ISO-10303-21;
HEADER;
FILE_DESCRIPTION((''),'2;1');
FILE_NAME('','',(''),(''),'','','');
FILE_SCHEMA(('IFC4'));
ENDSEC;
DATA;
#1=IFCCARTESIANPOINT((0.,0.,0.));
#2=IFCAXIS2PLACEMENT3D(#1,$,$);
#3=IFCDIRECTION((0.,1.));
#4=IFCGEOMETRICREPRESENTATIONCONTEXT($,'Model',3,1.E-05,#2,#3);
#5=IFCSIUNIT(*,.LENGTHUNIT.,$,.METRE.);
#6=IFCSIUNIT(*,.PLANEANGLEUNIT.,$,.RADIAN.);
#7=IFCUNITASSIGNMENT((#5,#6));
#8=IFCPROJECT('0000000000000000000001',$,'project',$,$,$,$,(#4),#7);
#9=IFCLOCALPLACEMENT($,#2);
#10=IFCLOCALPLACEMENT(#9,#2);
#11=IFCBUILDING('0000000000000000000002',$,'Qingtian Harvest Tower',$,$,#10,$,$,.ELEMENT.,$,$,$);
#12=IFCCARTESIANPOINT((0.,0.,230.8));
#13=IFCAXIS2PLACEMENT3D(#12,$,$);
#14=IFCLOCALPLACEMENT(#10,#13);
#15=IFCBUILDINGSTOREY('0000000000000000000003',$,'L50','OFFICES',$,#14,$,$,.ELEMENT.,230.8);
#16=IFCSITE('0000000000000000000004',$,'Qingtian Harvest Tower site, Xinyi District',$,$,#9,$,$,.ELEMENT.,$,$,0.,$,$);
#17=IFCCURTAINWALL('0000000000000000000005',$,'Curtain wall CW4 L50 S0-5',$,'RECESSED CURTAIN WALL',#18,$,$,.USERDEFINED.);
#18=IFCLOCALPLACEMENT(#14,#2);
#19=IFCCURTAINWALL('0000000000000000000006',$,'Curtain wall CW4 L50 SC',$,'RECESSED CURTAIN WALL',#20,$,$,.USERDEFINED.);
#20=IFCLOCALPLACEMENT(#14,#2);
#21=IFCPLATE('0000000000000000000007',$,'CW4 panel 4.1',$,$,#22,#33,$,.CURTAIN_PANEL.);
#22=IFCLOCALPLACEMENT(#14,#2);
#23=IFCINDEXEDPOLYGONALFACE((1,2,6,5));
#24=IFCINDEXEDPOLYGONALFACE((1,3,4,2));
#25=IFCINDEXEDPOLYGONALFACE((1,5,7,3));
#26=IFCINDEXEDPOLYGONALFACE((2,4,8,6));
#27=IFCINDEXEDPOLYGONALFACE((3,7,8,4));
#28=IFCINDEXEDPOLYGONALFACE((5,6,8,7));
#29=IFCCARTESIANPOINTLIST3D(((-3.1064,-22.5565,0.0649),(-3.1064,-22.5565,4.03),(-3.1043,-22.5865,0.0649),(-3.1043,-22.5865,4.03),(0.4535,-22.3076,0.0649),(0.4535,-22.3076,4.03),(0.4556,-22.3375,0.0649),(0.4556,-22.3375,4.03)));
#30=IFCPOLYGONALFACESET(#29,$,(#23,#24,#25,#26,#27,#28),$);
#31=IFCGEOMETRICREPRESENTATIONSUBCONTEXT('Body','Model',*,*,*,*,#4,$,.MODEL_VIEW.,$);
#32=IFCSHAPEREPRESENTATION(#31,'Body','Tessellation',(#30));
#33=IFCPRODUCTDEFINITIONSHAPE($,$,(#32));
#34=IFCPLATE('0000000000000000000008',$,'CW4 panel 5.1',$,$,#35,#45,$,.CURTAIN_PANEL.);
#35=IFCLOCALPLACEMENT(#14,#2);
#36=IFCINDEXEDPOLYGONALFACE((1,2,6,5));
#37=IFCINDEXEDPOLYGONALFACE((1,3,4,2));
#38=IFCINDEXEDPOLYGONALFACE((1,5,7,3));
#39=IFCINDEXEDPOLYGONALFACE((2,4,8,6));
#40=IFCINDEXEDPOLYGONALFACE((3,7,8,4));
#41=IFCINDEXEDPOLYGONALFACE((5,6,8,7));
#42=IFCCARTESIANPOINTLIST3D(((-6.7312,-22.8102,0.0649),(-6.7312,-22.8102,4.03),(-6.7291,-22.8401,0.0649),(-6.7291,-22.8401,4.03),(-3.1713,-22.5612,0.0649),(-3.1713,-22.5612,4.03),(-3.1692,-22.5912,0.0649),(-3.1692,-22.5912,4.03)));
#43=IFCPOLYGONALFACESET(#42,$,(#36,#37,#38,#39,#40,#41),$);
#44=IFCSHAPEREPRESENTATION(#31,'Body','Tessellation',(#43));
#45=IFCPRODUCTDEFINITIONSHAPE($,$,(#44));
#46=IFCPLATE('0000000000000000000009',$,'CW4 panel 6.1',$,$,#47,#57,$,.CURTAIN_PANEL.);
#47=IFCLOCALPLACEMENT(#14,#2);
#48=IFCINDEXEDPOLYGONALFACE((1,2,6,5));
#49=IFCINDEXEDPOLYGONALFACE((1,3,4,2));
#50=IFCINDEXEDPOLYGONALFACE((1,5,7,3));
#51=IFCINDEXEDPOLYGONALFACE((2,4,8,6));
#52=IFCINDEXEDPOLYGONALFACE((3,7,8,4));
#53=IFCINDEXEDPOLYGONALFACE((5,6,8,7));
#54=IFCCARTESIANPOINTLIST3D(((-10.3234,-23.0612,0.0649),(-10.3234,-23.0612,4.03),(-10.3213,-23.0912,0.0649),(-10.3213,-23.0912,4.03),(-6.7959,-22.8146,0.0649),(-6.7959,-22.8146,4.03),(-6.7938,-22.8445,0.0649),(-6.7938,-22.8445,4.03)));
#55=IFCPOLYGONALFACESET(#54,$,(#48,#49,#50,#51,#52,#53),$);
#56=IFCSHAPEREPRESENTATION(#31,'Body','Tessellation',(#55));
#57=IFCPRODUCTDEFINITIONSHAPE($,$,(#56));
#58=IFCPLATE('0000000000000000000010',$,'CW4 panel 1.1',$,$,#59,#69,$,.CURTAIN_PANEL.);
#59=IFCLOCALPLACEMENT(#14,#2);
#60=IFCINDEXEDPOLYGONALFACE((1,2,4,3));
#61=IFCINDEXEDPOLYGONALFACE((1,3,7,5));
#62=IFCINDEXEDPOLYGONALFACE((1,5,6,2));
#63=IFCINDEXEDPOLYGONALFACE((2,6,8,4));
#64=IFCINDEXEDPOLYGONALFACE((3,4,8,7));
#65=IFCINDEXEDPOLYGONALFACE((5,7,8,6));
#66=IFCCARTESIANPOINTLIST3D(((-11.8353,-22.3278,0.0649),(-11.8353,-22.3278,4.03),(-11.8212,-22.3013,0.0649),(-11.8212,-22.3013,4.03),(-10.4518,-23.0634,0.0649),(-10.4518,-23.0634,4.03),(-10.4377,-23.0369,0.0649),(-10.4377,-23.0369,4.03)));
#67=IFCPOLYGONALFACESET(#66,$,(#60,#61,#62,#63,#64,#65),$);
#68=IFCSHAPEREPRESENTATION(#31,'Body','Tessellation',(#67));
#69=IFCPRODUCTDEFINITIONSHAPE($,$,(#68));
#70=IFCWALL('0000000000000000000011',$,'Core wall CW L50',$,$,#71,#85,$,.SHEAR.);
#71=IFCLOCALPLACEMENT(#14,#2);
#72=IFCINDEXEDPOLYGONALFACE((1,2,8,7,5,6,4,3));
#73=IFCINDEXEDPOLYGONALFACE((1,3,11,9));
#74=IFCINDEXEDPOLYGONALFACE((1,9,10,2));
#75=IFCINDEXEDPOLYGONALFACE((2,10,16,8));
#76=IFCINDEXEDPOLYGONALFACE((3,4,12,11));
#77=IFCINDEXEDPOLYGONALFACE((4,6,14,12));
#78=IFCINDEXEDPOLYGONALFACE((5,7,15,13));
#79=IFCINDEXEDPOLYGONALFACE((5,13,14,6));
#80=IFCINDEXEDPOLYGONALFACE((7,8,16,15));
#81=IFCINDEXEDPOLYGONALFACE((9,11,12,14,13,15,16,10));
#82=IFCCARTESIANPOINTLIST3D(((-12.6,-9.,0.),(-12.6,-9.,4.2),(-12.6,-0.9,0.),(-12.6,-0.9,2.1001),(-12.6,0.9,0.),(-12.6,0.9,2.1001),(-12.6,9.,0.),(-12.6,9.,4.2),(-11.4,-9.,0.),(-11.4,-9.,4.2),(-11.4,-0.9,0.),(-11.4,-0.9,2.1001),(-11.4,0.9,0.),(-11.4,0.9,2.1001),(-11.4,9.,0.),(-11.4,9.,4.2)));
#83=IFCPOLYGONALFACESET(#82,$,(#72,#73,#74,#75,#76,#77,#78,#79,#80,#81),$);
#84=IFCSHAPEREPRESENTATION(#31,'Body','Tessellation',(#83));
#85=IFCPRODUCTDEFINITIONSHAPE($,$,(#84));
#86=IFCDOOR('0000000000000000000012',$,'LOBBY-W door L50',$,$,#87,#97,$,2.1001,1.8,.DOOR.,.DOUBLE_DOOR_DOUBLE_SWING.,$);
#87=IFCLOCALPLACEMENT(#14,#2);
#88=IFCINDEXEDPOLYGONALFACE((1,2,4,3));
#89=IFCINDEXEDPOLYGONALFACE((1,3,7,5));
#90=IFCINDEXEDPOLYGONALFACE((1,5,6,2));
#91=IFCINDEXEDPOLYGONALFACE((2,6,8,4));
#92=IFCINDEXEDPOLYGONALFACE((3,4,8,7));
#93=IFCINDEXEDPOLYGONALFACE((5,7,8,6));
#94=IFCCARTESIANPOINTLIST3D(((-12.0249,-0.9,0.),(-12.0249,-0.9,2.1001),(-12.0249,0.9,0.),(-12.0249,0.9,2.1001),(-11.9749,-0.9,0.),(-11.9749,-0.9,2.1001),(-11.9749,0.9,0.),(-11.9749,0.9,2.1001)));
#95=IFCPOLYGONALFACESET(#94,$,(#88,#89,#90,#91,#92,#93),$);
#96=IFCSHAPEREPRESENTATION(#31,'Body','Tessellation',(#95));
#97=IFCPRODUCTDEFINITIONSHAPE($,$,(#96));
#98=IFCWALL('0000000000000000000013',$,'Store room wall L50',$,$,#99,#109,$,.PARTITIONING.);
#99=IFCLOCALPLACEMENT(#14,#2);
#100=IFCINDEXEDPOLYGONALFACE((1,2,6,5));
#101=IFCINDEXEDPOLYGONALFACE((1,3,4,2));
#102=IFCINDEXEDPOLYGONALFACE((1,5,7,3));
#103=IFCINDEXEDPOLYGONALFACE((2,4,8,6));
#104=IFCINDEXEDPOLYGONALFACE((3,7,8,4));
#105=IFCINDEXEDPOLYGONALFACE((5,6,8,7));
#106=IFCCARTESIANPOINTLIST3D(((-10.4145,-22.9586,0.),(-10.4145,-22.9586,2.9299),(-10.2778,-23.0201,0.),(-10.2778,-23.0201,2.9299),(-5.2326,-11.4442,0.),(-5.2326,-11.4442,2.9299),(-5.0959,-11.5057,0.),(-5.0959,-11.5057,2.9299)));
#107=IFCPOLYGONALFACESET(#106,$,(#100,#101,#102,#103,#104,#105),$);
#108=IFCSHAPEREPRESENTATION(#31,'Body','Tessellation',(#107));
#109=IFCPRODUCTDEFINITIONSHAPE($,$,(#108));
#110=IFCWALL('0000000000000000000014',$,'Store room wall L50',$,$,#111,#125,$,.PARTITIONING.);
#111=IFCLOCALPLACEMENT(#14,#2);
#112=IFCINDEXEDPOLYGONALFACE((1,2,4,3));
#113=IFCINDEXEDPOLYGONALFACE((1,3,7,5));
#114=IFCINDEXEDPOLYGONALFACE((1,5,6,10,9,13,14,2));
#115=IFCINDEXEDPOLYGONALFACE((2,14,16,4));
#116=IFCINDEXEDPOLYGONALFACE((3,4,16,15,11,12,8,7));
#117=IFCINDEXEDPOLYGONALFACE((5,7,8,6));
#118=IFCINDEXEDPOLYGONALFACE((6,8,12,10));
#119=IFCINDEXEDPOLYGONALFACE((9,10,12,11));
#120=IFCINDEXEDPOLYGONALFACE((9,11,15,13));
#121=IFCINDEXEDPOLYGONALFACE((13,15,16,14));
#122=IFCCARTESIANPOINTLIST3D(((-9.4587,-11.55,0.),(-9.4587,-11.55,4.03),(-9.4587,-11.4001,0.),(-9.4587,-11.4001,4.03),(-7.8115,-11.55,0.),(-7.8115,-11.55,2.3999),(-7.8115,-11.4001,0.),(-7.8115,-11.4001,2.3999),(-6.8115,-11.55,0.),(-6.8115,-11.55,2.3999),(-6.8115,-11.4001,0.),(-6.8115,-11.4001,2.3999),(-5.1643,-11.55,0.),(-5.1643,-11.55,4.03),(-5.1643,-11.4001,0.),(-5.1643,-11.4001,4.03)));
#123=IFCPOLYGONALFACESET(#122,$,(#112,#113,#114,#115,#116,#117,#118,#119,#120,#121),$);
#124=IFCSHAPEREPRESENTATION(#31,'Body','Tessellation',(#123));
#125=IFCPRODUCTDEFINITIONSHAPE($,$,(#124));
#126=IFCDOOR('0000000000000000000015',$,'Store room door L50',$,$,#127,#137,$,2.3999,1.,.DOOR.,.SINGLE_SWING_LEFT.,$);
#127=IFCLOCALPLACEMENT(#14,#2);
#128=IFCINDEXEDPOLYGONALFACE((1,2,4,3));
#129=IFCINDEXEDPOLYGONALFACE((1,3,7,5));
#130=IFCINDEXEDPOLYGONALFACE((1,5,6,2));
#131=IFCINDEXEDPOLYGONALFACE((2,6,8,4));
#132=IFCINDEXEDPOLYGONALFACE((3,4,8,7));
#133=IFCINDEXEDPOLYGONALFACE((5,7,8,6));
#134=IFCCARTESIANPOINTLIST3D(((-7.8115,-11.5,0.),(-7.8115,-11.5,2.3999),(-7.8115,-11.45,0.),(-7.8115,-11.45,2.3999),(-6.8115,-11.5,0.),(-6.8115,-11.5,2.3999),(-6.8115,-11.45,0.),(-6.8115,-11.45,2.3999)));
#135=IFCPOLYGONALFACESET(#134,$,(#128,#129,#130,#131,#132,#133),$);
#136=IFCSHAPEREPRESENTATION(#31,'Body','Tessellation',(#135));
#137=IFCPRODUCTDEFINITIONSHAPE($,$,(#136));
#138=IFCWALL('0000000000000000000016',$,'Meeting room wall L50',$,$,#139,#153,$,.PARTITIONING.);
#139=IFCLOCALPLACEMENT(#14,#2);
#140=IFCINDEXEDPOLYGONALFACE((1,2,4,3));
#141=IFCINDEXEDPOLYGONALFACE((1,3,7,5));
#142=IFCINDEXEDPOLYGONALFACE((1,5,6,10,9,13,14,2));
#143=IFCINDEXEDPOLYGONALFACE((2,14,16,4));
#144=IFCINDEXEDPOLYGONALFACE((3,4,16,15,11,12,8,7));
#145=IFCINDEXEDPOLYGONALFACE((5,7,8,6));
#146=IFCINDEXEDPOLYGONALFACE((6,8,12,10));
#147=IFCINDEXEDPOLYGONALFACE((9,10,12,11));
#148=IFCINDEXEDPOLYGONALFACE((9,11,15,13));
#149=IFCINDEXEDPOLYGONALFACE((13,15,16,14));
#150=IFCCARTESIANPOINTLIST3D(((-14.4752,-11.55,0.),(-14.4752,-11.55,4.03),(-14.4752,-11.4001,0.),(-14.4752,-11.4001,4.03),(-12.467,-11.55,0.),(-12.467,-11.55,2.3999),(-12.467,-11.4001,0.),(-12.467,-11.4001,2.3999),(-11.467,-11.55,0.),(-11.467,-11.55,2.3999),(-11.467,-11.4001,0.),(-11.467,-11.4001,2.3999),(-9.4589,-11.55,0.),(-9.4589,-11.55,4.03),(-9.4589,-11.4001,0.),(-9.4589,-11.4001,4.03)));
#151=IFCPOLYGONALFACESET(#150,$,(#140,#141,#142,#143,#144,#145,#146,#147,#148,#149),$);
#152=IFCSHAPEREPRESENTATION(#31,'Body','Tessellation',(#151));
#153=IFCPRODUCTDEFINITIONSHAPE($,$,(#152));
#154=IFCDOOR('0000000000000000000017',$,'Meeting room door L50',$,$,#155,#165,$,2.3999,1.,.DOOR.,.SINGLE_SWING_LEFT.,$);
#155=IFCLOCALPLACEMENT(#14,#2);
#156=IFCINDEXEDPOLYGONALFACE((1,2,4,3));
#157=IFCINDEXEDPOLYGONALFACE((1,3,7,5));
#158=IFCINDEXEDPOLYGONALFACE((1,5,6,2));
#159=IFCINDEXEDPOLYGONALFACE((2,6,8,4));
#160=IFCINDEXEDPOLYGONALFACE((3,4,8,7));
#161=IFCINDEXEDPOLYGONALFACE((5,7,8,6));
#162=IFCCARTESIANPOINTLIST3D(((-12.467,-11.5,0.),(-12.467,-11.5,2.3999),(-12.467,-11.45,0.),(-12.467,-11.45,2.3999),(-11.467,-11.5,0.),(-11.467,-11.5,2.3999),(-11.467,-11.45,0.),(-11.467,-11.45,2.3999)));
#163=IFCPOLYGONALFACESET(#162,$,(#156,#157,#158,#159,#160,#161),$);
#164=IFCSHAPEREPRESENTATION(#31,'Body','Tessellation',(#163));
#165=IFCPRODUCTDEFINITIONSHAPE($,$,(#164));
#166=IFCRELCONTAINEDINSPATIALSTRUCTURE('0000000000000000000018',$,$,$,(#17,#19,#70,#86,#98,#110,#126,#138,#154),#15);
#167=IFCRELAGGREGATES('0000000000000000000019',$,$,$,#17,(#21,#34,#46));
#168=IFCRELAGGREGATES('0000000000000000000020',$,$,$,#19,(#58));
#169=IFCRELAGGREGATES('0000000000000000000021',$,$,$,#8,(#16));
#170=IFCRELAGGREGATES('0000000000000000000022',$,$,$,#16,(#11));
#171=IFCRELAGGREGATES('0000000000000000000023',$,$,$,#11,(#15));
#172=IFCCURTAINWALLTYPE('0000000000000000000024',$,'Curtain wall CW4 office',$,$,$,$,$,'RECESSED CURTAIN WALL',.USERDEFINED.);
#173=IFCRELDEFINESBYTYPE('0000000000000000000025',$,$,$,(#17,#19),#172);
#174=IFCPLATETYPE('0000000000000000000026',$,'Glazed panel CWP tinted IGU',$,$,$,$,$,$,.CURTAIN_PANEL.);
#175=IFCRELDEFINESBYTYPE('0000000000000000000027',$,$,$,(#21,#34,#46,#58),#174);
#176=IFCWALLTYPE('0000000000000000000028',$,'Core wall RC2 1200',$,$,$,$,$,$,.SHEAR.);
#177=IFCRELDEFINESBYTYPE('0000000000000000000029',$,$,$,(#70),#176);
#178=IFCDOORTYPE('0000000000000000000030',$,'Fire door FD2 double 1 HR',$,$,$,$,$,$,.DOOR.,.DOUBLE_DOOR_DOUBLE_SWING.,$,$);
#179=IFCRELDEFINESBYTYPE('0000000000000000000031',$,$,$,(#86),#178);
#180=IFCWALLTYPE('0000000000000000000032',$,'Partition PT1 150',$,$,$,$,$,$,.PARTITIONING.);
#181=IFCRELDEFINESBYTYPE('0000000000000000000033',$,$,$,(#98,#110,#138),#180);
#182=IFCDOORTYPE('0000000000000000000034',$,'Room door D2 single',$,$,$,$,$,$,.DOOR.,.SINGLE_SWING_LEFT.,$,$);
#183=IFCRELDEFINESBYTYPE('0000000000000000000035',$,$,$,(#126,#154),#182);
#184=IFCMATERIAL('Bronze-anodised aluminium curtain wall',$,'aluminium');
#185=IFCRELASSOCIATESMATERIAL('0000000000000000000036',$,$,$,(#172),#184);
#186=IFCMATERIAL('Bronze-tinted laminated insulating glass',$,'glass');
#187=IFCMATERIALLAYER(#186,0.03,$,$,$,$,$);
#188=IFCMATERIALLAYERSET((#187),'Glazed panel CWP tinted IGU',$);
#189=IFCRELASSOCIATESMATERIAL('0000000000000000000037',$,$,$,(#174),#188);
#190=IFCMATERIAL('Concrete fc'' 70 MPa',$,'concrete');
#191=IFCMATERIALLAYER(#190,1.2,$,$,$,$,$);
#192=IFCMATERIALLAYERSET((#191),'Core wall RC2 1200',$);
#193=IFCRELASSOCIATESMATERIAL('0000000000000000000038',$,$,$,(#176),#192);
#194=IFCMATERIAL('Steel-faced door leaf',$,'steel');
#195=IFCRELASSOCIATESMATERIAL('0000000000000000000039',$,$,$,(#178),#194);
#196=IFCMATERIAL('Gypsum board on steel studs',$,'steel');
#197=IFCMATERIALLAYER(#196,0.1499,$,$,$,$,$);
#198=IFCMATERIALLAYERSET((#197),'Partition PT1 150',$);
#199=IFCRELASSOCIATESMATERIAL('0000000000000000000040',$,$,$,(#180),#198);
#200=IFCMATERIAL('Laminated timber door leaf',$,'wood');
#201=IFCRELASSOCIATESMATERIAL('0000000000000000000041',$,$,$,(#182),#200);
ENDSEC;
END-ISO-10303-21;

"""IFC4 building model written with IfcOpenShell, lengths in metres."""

from ifc_helpers import new_model, si_unit, direction, frame, frame_2d, origin, origin_2d, place, context, subcontext, project, spatial, rectangle, extrude, material, layer, layer_set, type_object, element, fill, aggregate, save


model = new_model("IFC4")

# Units and contexts
model_context = context("Model", 3, precision=1e-05, world=origin(), true_north=direction((0.0, 1.0)))
body_context = subcontext(model_context, "Body", "Model", "MODEL_VIEW")
ifc_project = project(units=[si_unit("LENGTHUNIT", "METRE"), si_unit("PLANEANGLEUNIT", "RADIAN")], contexts=[model_context])

# Site, building, storey
site_placement = place(None, origin())
site = spatial("IfcSite", under=ifc_project, at=site_placement, Name="Qingtian Harvest Tower site, Xinyi District", CompositionType="ELEMENT", RefElevation=0.0)
building_placement = place(site_placement, origin())
building = spatial("IfcBuilding", under=site, at=building_placement, Name="Qingtian Harvest Tower", CompositionType="ELEMENT")
storey_placement = place(building_placement, frame((0.0, 0.0, 230.8)))
storey = spatial("IfcBuildingStorey", under=building, at=storey_placement, Name="L50", Description="OFFICES", CompositionType="ELEMENT", Elevation=230.8)

# Curtain walls
ifc_material_1 = material(Name="Bronze-anodised aluminium curtain wall", Category="aluminium")
curtain_wall_type = type_object("IfcCurtainWallType", Name="Curtain wall CW4 office", ElementType="RECESSED CURTAIN WALL", PredefinedType="USERDEFINED", material=ifc_material_1)
curtain_wall_1_placement = place(storey_placement, origin())
curtain_wall_1 = element("IfcCurtainWall", 1, at=curtain_wall_1_placement, inside=storey, type_object=curtain_wall_type, Name="Curtain wall CW4 L50 S0-5", ObjectType="RECESSED CURTAIN WALL", PredefinedType="USERDEFINED")
curtain_wall_2_placement = place(storey_placement, origin())
curtain_wall_2 = element("IfcCurtainWall", 2, at=curtain_wall_2_placement, inside=storey, type_object=curtain_wall_type, Name="Curtain wall CW4 L50 SC", ObjectType="RECESSED CURTAIN WALL", PredefinedType="USERDEFINED")

# Plates
ifc_material_2 = material(Name="Bronze-tinted laminated insulating glass", Category="glass")
ifc_layer_1 = layer(ifc_material_2, 0.03)
ifc_layer_set_1 = layer_set([ifc_layer_1], Name="Glazed panel CWP tinted IGU")
plate_type = type_object("IfcPlateType", Name="Glazed panel CWP tinted IGU", PredefinedType="CURTAIN_PANEL", material=ifc_layer_set_1)
plate_1_placement = place(storey_placement, frame((-1.3254, -22.447, 0.0649), z_axis=(0.0, 0.0, 1.0), x_axis=(-0.997564, -0.069756, 0.0)))
plate_1 = element("IfcPlate", 3, at=plate_1_placement, type_object=plate_type, Name="CW4 panel 4.1", PredefinedType="CURTAIN_PANEL", context=body_context, shape_type="SweptSolid", body=[
    extrude(rectangle(XDim=3.5686, YDim=0.03, at=origin_2d()), origin(), (0.0, 0.0, 1.0), 3.9651),
])
plate_2_placement = place(storey_placement, frame((-4.9502, -22.7007, 0.0649), z_axis=(0.0, 0.0, 1.0), x_axis=(-0.997564, -0.069756, 0.0)))
plate_2 = element("IfcPlate", 4, at=plate_2_placement, type_object=plate_type, Name="CW4 panel 5.1", PredefinedType="CURTAIN_PANEL", context=body_context, shape_type="SweptSolid", body=[
    extrude(rectangle(XDim=3.5686, YDim=0.03, at=origin_2d()), origin(), (0.0, 0.0, 1.0), 3.9651),
])
plate_3_placement = place(storey_placement, frame((-8.5586, -22.9529, 0.0649), z_axis=(0.0, 0.0, 1.0), x_axis=(-0.997564, -0.069756, 0.0)))
plate_3 = element("IfcPlate", 5, at=plate_3_placement, type_object=plate_type, Name="CW4 panel 6.1", PredefinedType="CURTAIN_PANEL", context=body_context, shape_type="SweptSolid", body=[
    extrude(rectangle(XDim=3.5361, YDim=0.03, at=origin_2d()), origin(), (0.0, 0.0, 1.0), 3.9651),
])
aggregate(curtain_wall_1, [plate_1, plate_2, plate_3])
plate_4_placement = place(storey_placement, frame((-11.1365, -22.6824, 0.0649), z_axis=(0.0, 0.0, 1.0), x_axis=(-0.882948, 0.469472, 0.0)))
plate_4 = element("IfcPlate", 6, at=plate_4_placement, type_object=plate_type, Name="CW4 panel 1.1", PredefinedType="CURTAIN_PANEL", context=body_context, shape_type="SweptSolid", body=[
    extrude(rectangle(XDim=1.5669, YDim=0.03, at=origin_2d()), origin(), (0.0, 0.0, 1.0), 3.9651),
])
aggregate(curtain_wall_2, [plate_4])

# Wall, opening, door
ifc_material_3 = material(Name="Concrete fc' 70 MPa", Category="concrete")
ifc_layer_2 = layer(ifc_material_3, 1.2)
ifc_layer_set_2 = layer_set([ifc_layer_2], Name="Core wall RC2 1200")
wall_type_1 = type_object("IfcWallType", Name="Core wall RC2 1200", PredefinedType="SHEAR", material=ifc_layer_set_2)
wall_1_placement = place(storey_placement, frame((-12.0, -9.0, 0.0), z_axis=(0.0, 0.0, 1.0), x_axis=(0.0, 1.0, 0.0)))
wall_1 = element("IfcWall", 7, at=wall_1_placement, inside=storey, type_object=wall_type_1, Name="Core wall CW L50", PredefinedType="SHEAR", context=body_context, shape_type="SweptSolid", body=[
    extrude(rectangle(XDim=18.0, YDim=1.2, at=frame_2d((9.0, 0.0))), origin(), (0.0, 0.0, 1.0), 4.2),
])
opening_1_placement = place(wall_1_placement, frame((8.1001, 0.0, 0.0)))
opening_1 = element("IfcOpeningElement", 8, at=opening_1_placement, cuts=wall_1, PredefinedType="OPENING", context=body_context, shape_type="SweptSolid", body=[
    extrude(rectangle(XDim=1.8, YDim=2.1001, at=frame_2d((0.8999, 1.05))), frame((0.0, 0.6099, 0.0), z_axis=(0.0, -1.0, 0.0), x_axis=(1.0, 0.0, 0.0)), (0.0, 0.0, 1.0), 1.22),
])
ifc_material_4 = material(Name="Steel-faced door leaf", Category="steel")
door_type_1 = type_object("IfcDoorType", Name="Fire door FD2 double 1 HR", OperationType="DOUBLE_DOOR_DOUBLE_SWING", PredefinedType="DOOR", material=ifc_material_4)
door_1_placement = place(opening_1_placement, origin())
door_1 = element("IfcDoor", 9, at=door_1_placement, inside=storey, type_object=door_type_1, Name="LOBBY-W door L50", OperationType="DOUBLE_DOOR_DOUBLE_SWING", OverallHeight=2.1001, OverallWidth=1.8, PredefinedType="DOOR", context=body_context, shape_type="SweptSolid", body=[
    extrude(rectangle(XDim=1.8, YDim=2.1001, at=frame_2d((0.8999, 1.05))), frame((0.0, 0.0249, 0.0), z_axis=(0.0, -1.0, 0.0), x_axis=(1.0, 0.0, 0.0)), (0.0, 0.0, 1.0), 0.05),
])
fill(opening_1, door_1)

# Wall
ifc_material_5 = material(Name="Gypsum board on steel studs", Category="steel")
ifc_layer_3 = layer(ifc_material_5, 0.1499)
ifc_layer_set_3 = layer_set([ifc_layer_3], Name="Partition PT1 150")
wall_type_2 = type_object("IfcWallType", Name="Partition PT1 150", PredefinedType="PARTITIONING", material=ifc_layer_set_3)
wall_2_placement = place(storey_placement, frame((-10.3462, -22.9895, 0.0), z_axis=(0.0, 0.0, 1.0), x_axis=(0.410391, 0.91191, 0.0)))
element("IfcWall", 10, at=wall_2_placement, inside=storey, type_object=wall_type_2, Name="Store room wall L50", PredefinedType="PARTITIONING", context=body_context, shape_type="SweptSolid", body=[
    extrude(rectangle(XDim=12.6267, YDim=0.1499, at=frame_2d((6.3135, 0.0))), origin(), (0.0, 0.0, 1.0), 2.9299),
])

# Walls, openings, doors
wall_3_placement = place(storey_placement, frame((-5.1643, -11.4751, 0.0), z_axis=(0.0, 0.0, 1.0), x_axis=(-1.0, 0.0, 0.0)))
wall_3 = element("IfcWall", 11, at=wall_3_placement, inside=storey, type_object=wall_type_2, Name="Store room wall L50", PredefinedType="PARTITIONING", context=body_context, shape_type="SweptSolid", body=[
    extrude(rectangle(XDim=4.2944, YDim=0.1499, at=frame_2d((2.1472, 0.0))), origin(), (0.0, 0.0, 1.0), 4.03),
])
opening_2_placement = place(wall_3_placement, frame((1.6472, 0.0, 0.0)))
opening_2 = element("IfcOpeningElement", 12, at=opening_2_placement, cuts=wall_3, PredefinedType="OPENING", context=body_context, shape_type="SweptSolid", body=[
    extrude(rectangle(XDim=1.0, YDim=2.3999, at=frame_2d((0.5, 1.2))), frame((0.0, 0.085, 0.0), z_axis=(0.0, -1.0, 0.0), x_axis=(1.0, 0.0, 0.0)), (0.0, 0.0, 1.0), 0.1699),
])
ifc_material_6 = material(Name="Laminated timber door leaf", Category="wood")
door_type_2 = type_object("IfcDoorType", Name="Room door D2 single", OperationType="SINGLE_SWING_LEFT", PredefinedType="DOOR", material=ifc_material_6)
door_2_placement = place(opening_2_placement, origin())
door_2 = element("IfcDoor", 13, at=door_2_placement, inside=storey, type_object=door_type_2, Name="Store room door L50", OperationType="SINGLE_SWING_LEFT", OverallHeight=2.3999, OverallWidth=1.0, PredefinedType="DOOR", context=body_context, shape_type="SweptSolid", body=[
    extrude(rectangle(XDim=1.0, YDim=2.3999, at=frame_2d((0.5, 1.2))), frame((0.0, 0.0249, 0.0), z_axis=(0.0, -1.0, 0.0), x_axis=(1.0, 0.0, 0.0)), (0.0, 0.0, 1.0), 0.05),
])
fill(opening_2, door_2)
wall_4_placement = place(storey_placement, frame((-9.4587, -11.4751, 0.0), z_axis=(0.0, 0.0, 1.0), x_axis=(-1.0, 0.0, 0.0)))
wall_4 = element("IfcWall", 14, at=wall_4_placement, inside=storey, type_object=wall_type_2, Name="Meeting room wall L50", PredefinedType="PARTITIONING", context=body_context, shape_type="SweptSolid", body=[
    extrude(rectangle(XDim=5.0164, YDim=0.1499, at=frame_2d((2.5083, 0.0))), origin(), (0.0, 0.0, 1.0), 4.03),
])
opening_3_placement = place(wall_4_placement, frame((2.0083, 0.0, 0.0)))
opening_3 = element("IfcOpeningElement", 15, at=opening_3_placement, cuts=wall_4, PredefinedType="OPENING", context=body_context, shape_type="SweptSolid", body=[
    extrude(rectangle(XDim=1.0, YDim=2.3999, at=frame_2d((0.5, 1.2))), frame((0.0, 0.085, 0.0), z_axis=(0.0, -1.0, 0.0), x_axis=(1.0, 0.0, 0.0)), (0.0, 0.0, 1.0), 0.1699),
])
door_3_placement = place(opening_3_placement, origin())
door_3 = element("IfcDoor", 16, at=door_3_placement, inside=storey, type_object=door_type_2, Name="Meeting room door L50", OperationType="SINGLE_SWING_LEFT", OverallHeight=2.3999, OverallWidth=1.0, PredefinedType="DOOR", context=body_context, shape_type="SweptSolid", body=[
    extrude(rectangle(XDim=1.0, YDim=2.3999, at=frame_2d((0.5, 1.2))), frame((0.0, 0.0249, 0.0), z_axis=(0.0, -1.0, 0.0), x_axis=(1.0, 0.0, 0.0)), (0.0, 0.0, 1.0), 0.05),
])
fill(opening_3, door_3)

save(model, "model.ifc")
